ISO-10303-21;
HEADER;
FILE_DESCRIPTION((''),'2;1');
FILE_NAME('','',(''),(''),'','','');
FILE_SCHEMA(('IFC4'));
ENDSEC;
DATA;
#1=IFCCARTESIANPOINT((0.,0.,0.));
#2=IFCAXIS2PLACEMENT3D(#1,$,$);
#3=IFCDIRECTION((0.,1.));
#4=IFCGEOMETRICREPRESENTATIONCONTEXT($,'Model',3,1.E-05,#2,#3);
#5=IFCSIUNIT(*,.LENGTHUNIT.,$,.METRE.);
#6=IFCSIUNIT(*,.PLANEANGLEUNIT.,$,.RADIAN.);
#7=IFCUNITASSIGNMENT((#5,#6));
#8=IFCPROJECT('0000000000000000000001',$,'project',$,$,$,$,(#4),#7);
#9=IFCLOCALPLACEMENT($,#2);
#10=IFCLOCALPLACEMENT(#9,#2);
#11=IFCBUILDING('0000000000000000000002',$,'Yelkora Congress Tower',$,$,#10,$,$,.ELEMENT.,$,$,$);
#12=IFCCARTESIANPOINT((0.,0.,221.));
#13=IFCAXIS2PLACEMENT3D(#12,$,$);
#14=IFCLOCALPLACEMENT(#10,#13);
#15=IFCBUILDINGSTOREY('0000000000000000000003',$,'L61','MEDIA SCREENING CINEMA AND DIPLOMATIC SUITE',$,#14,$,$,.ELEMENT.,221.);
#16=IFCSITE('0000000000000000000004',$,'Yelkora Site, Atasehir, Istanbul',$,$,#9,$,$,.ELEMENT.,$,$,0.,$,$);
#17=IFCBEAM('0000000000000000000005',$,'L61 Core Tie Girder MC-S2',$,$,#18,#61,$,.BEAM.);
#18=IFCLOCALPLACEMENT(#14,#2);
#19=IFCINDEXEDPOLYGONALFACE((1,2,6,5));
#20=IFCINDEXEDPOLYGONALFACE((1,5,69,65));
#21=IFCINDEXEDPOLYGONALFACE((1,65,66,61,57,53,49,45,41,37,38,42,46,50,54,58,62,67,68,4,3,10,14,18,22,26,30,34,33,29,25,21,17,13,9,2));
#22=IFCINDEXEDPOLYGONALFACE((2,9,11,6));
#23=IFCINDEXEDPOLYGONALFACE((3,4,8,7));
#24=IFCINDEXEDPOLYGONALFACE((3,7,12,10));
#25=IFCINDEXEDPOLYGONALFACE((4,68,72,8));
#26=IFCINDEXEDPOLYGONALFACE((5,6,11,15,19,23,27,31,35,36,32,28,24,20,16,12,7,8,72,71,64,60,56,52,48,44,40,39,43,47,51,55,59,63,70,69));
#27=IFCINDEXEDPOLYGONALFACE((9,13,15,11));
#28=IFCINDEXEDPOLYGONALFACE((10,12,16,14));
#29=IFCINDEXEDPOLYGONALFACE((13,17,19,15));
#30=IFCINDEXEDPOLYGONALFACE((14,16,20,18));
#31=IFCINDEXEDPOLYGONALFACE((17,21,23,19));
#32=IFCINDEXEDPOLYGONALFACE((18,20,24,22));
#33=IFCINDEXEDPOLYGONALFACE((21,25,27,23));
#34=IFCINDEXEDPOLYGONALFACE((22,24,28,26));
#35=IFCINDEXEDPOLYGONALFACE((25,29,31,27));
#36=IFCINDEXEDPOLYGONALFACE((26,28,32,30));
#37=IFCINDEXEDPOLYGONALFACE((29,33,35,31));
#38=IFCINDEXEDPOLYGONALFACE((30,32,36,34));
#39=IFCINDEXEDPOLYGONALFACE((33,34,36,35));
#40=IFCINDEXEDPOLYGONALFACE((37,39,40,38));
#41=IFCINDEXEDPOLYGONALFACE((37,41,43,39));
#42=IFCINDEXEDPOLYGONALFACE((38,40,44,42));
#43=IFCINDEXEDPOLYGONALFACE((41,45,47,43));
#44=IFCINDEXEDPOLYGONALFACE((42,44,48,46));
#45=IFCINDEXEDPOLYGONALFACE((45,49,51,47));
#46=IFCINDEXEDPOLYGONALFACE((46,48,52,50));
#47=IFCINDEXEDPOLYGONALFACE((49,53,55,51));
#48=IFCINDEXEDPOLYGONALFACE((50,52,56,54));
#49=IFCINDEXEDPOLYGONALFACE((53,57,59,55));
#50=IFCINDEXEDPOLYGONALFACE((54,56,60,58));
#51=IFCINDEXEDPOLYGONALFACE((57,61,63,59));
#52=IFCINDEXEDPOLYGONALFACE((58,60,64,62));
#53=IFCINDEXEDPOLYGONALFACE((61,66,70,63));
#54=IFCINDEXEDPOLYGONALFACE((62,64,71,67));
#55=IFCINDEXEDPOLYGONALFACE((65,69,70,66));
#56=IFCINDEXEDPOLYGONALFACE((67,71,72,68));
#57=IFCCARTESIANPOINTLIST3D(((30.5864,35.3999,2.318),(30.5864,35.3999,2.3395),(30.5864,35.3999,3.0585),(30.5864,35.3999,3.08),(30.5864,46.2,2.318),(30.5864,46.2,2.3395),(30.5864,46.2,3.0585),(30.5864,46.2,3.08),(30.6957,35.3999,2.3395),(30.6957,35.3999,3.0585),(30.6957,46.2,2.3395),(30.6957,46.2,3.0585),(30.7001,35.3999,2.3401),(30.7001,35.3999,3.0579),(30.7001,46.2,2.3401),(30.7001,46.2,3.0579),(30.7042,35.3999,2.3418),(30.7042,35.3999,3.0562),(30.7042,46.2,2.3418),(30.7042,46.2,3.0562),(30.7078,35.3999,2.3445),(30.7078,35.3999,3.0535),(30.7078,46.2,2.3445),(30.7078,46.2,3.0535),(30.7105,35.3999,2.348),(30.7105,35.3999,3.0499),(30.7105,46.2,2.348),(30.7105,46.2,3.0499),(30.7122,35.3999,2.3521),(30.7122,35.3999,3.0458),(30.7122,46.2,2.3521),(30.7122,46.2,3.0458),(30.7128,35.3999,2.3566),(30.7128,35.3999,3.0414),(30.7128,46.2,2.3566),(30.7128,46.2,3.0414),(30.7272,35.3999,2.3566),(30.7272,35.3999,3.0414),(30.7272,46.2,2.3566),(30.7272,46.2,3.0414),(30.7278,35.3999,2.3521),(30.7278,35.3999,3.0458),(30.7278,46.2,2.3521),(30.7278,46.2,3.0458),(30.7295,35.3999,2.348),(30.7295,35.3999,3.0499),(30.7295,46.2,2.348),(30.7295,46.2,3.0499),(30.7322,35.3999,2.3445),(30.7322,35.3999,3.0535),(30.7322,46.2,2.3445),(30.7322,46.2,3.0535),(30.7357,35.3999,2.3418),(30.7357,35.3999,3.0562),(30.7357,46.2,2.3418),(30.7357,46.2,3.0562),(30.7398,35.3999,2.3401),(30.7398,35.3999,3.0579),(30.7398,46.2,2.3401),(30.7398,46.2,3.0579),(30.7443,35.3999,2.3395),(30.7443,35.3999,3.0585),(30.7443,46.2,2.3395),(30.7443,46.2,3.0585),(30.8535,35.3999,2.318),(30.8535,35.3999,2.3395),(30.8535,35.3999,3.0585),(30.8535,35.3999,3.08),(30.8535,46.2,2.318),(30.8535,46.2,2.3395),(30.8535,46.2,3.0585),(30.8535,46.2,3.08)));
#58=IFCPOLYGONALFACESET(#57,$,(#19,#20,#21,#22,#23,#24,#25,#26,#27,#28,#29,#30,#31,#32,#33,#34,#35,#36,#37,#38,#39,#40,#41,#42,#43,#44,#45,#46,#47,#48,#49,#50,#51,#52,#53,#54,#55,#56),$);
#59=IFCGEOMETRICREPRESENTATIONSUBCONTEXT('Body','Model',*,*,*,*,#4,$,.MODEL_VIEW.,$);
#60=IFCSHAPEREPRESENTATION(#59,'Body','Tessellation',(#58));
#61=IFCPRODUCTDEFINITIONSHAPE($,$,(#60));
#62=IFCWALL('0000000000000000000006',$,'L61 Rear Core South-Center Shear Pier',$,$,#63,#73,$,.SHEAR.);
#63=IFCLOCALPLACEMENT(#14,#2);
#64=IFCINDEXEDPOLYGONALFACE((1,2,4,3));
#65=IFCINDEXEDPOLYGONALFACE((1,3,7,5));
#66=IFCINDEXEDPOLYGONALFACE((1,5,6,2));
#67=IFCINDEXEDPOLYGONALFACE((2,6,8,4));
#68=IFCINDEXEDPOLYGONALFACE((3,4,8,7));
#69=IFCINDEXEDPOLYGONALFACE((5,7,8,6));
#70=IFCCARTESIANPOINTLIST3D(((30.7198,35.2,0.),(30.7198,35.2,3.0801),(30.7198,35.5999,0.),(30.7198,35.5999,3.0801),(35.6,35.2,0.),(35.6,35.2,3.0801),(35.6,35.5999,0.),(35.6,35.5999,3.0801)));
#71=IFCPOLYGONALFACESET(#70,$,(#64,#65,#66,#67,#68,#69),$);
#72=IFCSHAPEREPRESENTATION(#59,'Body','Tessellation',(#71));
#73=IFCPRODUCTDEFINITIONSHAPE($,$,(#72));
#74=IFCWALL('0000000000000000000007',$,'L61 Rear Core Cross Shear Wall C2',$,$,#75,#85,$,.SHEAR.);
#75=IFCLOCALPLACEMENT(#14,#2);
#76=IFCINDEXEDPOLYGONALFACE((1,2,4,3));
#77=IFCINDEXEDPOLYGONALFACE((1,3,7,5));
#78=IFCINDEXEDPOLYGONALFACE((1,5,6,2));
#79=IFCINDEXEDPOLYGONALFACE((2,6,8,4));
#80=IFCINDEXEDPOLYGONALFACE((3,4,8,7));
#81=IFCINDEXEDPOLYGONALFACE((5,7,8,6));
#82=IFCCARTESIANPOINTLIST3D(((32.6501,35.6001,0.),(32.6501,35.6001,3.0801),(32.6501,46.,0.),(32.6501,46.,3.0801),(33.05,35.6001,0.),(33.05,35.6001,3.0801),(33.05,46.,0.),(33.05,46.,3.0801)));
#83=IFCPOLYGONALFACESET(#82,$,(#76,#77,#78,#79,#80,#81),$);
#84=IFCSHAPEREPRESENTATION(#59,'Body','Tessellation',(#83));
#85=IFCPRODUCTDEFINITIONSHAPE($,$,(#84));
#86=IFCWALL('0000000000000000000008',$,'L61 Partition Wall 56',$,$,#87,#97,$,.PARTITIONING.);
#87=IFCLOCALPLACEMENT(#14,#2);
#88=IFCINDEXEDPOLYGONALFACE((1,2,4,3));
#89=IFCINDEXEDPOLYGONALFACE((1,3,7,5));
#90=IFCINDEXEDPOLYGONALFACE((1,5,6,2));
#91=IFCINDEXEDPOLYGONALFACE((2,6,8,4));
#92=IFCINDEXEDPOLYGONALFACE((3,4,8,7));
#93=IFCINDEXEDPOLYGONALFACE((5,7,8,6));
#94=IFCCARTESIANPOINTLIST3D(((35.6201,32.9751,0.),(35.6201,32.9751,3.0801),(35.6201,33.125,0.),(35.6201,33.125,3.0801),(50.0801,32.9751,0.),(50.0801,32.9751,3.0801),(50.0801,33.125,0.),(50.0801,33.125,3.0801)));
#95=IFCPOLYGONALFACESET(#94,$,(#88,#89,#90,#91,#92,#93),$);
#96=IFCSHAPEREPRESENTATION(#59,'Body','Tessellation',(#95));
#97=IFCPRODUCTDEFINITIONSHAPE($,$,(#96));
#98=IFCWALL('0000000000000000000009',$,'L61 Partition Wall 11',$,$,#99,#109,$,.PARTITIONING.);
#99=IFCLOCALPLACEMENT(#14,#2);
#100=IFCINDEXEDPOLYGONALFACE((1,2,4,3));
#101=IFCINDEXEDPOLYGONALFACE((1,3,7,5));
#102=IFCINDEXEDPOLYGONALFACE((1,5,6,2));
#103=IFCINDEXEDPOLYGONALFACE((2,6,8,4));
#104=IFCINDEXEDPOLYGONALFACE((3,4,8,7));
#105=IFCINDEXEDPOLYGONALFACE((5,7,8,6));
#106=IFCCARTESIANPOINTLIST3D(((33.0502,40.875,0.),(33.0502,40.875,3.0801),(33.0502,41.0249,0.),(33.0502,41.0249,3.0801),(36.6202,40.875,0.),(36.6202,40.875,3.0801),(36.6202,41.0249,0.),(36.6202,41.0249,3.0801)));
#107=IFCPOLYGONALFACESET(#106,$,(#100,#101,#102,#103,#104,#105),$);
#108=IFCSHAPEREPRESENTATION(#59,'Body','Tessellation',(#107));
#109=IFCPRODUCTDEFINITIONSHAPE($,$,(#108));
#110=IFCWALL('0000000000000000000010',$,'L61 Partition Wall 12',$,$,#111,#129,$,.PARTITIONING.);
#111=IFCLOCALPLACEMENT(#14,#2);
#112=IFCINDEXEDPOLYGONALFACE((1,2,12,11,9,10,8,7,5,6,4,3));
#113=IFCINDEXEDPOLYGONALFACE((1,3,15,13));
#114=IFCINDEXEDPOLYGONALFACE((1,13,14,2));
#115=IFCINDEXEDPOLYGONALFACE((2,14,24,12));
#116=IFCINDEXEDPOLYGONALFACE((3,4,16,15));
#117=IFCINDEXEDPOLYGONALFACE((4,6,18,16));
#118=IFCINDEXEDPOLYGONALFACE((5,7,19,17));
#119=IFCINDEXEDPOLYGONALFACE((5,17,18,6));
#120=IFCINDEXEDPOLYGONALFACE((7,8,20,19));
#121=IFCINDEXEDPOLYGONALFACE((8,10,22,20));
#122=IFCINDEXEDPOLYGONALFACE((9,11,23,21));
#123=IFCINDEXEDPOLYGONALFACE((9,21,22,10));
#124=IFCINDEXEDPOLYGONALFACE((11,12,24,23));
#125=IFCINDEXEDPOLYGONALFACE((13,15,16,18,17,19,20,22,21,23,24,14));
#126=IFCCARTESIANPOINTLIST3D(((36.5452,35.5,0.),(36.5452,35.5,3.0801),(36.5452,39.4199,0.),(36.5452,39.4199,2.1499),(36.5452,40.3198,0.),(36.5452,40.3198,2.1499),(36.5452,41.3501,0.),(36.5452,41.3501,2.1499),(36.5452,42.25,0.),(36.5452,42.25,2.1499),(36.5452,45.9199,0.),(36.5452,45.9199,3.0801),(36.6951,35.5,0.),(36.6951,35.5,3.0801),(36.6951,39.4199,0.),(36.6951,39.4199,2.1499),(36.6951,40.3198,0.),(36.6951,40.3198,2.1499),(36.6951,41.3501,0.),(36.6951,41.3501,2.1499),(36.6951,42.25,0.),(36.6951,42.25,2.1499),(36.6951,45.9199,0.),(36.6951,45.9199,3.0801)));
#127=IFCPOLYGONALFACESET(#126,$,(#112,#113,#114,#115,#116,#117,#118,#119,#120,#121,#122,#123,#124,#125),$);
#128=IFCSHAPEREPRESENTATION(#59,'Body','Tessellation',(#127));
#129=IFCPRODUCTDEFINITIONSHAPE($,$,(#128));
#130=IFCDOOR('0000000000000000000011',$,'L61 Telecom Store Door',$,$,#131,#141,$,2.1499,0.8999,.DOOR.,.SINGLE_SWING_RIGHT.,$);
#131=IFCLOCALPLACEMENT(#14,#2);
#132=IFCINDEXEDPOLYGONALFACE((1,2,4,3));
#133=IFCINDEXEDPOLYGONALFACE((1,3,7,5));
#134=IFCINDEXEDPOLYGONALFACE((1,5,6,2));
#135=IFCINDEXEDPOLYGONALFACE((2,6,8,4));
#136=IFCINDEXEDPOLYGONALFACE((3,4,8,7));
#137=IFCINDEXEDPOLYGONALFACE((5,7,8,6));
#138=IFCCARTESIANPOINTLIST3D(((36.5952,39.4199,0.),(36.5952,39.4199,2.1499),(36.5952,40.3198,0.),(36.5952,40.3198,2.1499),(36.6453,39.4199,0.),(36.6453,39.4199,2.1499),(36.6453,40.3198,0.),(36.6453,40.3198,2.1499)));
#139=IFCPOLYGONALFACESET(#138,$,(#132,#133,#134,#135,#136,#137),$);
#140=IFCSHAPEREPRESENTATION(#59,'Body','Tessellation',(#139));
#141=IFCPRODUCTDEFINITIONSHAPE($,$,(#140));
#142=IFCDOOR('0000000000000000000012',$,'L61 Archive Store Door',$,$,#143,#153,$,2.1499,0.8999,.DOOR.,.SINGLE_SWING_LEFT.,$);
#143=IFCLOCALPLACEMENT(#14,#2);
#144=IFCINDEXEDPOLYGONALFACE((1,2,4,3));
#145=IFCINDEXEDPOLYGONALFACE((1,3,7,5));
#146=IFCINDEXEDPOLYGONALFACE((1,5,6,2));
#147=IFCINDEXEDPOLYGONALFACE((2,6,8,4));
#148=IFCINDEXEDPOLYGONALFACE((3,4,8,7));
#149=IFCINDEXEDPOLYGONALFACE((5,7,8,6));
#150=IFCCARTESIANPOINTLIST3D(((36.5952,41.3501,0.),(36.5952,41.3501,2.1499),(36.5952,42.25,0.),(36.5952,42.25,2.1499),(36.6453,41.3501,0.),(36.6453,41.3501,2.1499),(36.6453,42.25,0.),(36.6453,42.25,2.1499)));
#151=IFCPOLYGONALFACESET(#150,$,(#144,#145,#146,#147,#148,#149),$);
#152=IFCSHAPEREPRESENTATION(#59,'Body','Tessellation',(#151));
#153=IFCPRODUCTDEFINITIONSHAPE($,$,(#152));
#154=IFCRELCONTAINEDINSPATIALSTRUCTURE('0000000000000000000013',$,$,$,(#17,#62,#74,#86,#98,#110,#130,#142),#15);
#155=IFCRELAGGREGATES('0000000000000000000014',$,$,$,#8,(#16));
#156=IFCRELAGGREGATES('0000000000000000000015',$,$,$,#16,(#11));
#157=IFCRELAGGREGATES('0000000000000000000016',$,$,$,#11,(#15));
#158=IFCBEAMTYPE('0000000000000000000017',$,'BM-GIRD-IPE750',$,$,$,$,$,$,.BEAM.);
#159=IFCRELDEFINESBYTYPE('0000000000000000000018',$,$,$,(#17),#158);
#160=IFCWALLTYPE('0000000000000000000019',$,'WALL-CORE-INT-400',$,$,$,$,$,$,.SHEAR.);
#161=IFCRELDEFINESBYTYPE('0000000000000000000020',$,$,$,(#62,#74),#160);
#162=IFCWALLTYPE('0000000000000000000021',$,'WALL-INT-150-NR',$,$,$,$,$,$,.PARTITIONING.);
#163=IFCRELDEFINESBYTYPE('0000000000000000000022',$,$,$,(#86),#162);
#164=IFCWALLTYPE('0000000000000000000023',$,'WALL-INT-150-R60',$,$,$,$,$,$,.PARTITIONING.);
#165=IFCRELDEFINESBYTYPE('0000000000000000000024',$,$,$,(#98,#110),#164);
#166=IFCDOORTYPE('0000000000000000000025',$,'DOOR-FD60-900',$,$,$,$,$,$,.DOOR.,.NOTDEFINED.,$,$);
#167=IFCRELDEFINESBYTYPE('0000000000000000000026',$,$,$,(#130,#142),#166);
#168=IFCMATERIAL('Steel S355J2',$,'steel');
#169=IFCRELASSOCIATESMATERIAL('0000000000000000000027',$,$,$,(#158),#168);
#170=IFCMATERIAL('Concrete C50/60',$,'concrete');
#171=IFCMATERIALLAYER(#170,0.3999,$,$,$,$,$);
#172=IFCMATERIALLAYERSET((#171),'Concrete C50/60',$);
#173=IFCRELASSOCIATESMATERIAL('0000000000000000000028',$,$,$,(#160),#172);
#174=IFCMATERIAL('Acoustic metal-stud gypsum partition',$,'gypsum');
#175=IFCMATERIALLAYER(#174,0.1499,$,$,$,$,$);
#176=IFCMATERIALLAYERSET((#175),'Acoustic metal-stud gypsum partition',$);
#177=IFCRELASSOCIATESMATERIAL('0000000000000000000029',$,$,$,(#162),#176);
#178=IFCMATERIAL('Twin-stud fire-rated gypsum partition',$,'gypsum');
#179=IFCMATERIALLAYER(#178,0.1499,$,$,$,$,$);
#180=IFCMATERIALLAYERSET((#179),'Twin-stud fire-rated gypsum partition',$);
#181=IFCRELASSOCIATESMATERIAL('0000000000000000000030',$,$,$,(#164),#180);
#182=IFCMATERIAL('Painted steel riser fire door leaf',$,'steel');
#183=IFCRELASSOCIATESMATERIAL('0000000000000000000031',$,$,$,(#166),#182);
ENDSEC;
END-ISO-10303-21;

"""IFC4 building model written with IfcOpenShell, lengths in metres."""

from ifc_helpers import new_model, si_unit, direction, frame, frame_2d, origin, origin_2d, place, context, subcontext, project, spatial, rectangle, i_section, extrude, material, layer, layer_set, material_profile, profile_set, type_object, element, fill, save


model = new_model("IFC4")

# Units and contexts
model_context = context("Model", 3, precision=1e-05, world=origin(), true_north=direction((0.0, 1.0)))
body_context = subcontext(model_context, "Body", "Model", "MODEL_VIEW")
ifc_project = project(units=[si_unit("LENGTHUNIT", "METRE"), si_unit("PLANEANGLEUNIT", "RADIAN")], contexts=[model_context])

# Site, building, storey
site_placement = place(None, origin())
site = spatial("IfcSite", under=ifc_project, at=site_placement, Name="Yelkora Site, Atasehir, Istanbul", CompositionType="ELEMENT", RefElevation=0.0)
building_placement = place(site_placement, origin())
building = spatial("IfcBuilding", under=site, at=building_placement, Name="Yelkora Congress Tower", CompositionType="ELEMENT")
storey_placement = place(building_placement, frame((0.0, 0.0, 221.0)))
storey = spatial("IfcBuildingStorey", under=building, at=storey_placement, Name="L61", Description="MEDIA SCREENING CINEMA AND DIPLOMATIC SUITE", CompositionType="ELEMENT", Elevation=221.0)

# Beam
ifc_material_1 = material(Name="Steel S355J2", Category="steel")
ifc_material_profile_1 = material_profile(ifc_material_1, i_section(OverallWidth=0.2671, OverallDepth=0.762, WebThickness=0.0144, FlangeThickness=0.0215, FilletRadius=0.0171, at=origin_2d()), Name="IPE 750x173")
ifc_profile_set_1 = profile_set([ifc_material_profile_1], Name="Steel S355J2")
beam_type = type_object("IfcBeamType", Name="BM-GIRD-IPE750", PredefinedType="BEAM", material=ifc_profile_set_1)
beam_1_placement = place(storey_placement, frame((30.72, 35.3999, 2.699), z_axis=(0.0, 1.0, 0.0), x_axis=(-1.0, 0.0, 0.0)))
element("IfcBeam", 1, at=beam_1_placement, inside=storey, type_object=beam_type, Name="L61 Core Tie Girder MC-S2", PredefinedType="BEAM", context=body_context, shape_type="SweptSolid", body=[
    extrude(i_section(OverallWidth=0.2671, OverallDepth=0.762, WebThickness=0.0144, FlangeThickness=0.0215, FilletRadius=0.0171, at=origin_2d()), origin(), (0.0, 0.0, 1.0), 10.8),
])

# Wall
ifc_material_2 = material(Name="Concrete C50/60", Category="concrete")
ifc_layer_1 = layer(ifc_material_2, 0.3999)
ifc_layer_set_1 = layer_set([ifc_layer_1], Name="Concrete C50/60")
wall_type_1 = type_object("IfcWallType", Name="WALL-CORE-INT-400", PredefinedType="SHEAR", material=ifc_layer_set_1)
wall_1_placement = place(storey_placement, frame((30.72, 35.3999, 0.0), z_axis=(0.0, 0.0, 1.0), x_axis=(1.0, 0.0, 0.0)))
element("IfcWall", 2, at=wall_1_placement, inside=storey, type_object=wall_type_1, Name="L61 Rear Core South-Center Shear Pier", PredefinedType="SHEAR", context=body_context, shape_type="SweptSolid", body=[
    extrude(rectangle(XDim=4.8801, YDim=0.3999, at=frame_2d((2.4399, 0.0))), origin(), (0.0, 0.0, 1.0), 3.0801),
])

# Walls
wall_2_placement = place(storey_placement, frame((32.8501, 35.6001, 0.0), z_axis=(0.0, 0.0, 1.0), x_axis=(0.0, 1.0, 0.0)))
element("IfcWall", 3, at=wall_2_placement, inside=storey, type_object=wall_type_1, Name="L61 Rear Core Cross Shear Wall C2", PredefinedType="SHEAR", context=body_context, shape_type="SweptSolid", body=[
    extrude(rectangle(XDim=10.3999, YDim=0.3999, at=frame_2d((5.2, 0.0))), origin(), (0.0, 0.0, 1.0), 3.0801),
])
ifc_material_3 = material(Name="Acoustic metal-stud gypsum partition", Category="gypsum")
ifc_layer_2 = layer(ifc_material_3, 0.1499)
ifc_layer_set_2 = layer_set([ifc_layer_2], Name="Acoustic metal-stud gypsum partition")
wall_type_2 = type_object("IfcWallType", Name="WALL-INT-150-NR", PredefinedType="PARTITIONING", material=ifc_layer_set_2)
wall_3_placement = place(storey_placement, frame((35.6201, 33.05, 0.0), z_axis=(0.0, 0.0, 1.0), x_axis=(1.0, 0.0, 0.0)))
element("IfcWall", 4, at=wall_3_placement, inside=storey, type_object=wall_type_2, Name="L61 Partition Wall 56", PredefinedType="PARTITIONING", context=body_context, shape_type="SweptSolid", body=[
    extrude(rectangle(XDim=14.46, YDim=0.1499, at=frame_2d((7.23, 0.0))), origin(), (0.0, 0.0, 1.0), 3.0801),
])
ifc_material_4 = material(Name="Twin-stud fire-rated gypsum partition", Category="gypsum")
ifc_layer_3 = layer(ifc_material_4, 0.1499)
ifc_layer_set_3 = layer_set([ifc_layer_3], Name="Twin-stud fire-rated gypsum partition")
wall_type_3 = type_object("IfcWallType", Name="WALL-INT-150-R60", PredefinedType="PARTITIONING", material=ifc_layer_set_3)
wall_4_placement = place(storey_placement, frame((33.05, 40.95, 0.0), z_axis=(0.0, 0.0, 1.0), x_axis=(1.0, 0.0, 0.0)))
element("IfcWall", 5, at=wall_4_placement, inside=storey, type_object=wall_type_3, Name="L61 Partition Wall 11", PredefinedType="PARTITIONING", context=body_context, shape_type="SweptSolid", body=[
    extrude(rectangle(XDim=3.5701, YDim=0.1499, at=frame_2d((1.7852, 0.0))), origin(), (0.0, 0.0, 1.0), 3.0801),
])

# Wall, openings, doors
wall_5_placement = place(storey_placement, frame((36.6201, 35.5, 0.0), z_axis=(0.0, 0.0, 1.0), x_axis=(0.0, 1.0, 0.0)))
wall_5 = element("IfcWall", 6, at=wall_5_placement, inside=storey, type_object=wall_type_3, Name="L61 Partition Wall 12", PredefinedType="PARTITIONING", context=body_context, shape_type="SweptSolid", body=[
    extrude(rectangle(XDim=10.4199, YDim=0.1499, at=frame_2d((5.21, 0.0))), origin(), (0.0, 0.0, 1.0), 3.0801),
])
opening_1_placement = place(wall_5_placement, frame((3.9199, 0.0, 0.0)))
opening_1 = element("IfcOpeningElement", 7, at=opening_1_placement, cuts=wall_5, PredefinedType="OPENING", context=body_context, shape_type="SweptSolid", body=[
    extrude(rectangle(XDim=0.8999, YDim=2.1499, at=frame_2d((0.45, 1.075))), frame((0.0, 0.085, 0.0), z_axis=(0.0, -1.0, 0.0), x_axis=(1.0, 0.0, 0.0)), (0.0, 0.0, 1.0), 0.1699),
])
opening_2_placement = place(wall_5_placement, frame((5.8501, 0.0, 0.0)))
opening_2 = element("IfcOpeningElement", 8, at=opening_2_placement, cuts=wall_5, PredefinedType="OPENING", context=body_context, shape_type="SweptSolid", body=[
    extrude(rectangle(XDim=0.8999, YDim=2.1499, at=frame_2d((0.45, 1.075))), frame((0.0, 0.085, 0.0), z_axis=(0.0, -1.0, 0.0), x_axis=(1.0, 0.0, 0.0)), (0.0, 0.0, 1.0), 0.1699),
])
ifc_material_5 = material(Name="Painted steel riser fire door leaf", Category="steel")
door_type_1 = type_object("IfcDoorType", Name="DOOR-FD60-900", OperationType="NOTDEFINED", PredefinedType="DOOR", material=ifc_material_5)
door_1_placement = place(opening_1_placement, origin())
door_1 = element("IfcDoor", 9, at=door_1_placement, inside=storey, type_object=door_type_1, Name="L61 Telecom Store Door", OperationType="SINGLE_SWING_RIGHT", OverallHeight=2.1499, OverallWidth=0.8999, PredefinedType="DOOR", context=body_context, shape_type="SweptSolid", body=[
    extrude(rectangle(XDim=0.8999, YDim=2.1499, at=frame_2d((0.45, 1.075))), frame((0.0, 0.0249, 0.0), z_axis=(0.0, -1.0, 0.0), x_axis=(1.0, 0.0, 0.0)), (0.0, 0.0, 1.0), 0.05),
])
fill(opening_1, door_1)
door_2_placement = place(opening_2_placement, origin())
door_2 = element("IfcDoor", 10, at=door_2_placement, inside=storey, type_object=door_type_1, Name="L61 Archive Store Door", OperationType="SINGLE_SWING_LEFT", OverallHeight=2.1499, OverallWidth=0.8999, PredefinedType="DOOR", context=body_context, shape_type="SweptSolid", body=[
    extrude(rectangle(XDim=0.8999, YDim=2.1499, at=frame_2d((0.45, 1.075))), frame((0.0, 0.0249, 0.0), z_axis=(0.0, -1.0, 0.0), x_axis=(1.0, 0.0, 0.0)), (0.0, 0.0, 1.0), 0.05),
])
fill(opening_2, door_2)

save(model, "model.ifc")
